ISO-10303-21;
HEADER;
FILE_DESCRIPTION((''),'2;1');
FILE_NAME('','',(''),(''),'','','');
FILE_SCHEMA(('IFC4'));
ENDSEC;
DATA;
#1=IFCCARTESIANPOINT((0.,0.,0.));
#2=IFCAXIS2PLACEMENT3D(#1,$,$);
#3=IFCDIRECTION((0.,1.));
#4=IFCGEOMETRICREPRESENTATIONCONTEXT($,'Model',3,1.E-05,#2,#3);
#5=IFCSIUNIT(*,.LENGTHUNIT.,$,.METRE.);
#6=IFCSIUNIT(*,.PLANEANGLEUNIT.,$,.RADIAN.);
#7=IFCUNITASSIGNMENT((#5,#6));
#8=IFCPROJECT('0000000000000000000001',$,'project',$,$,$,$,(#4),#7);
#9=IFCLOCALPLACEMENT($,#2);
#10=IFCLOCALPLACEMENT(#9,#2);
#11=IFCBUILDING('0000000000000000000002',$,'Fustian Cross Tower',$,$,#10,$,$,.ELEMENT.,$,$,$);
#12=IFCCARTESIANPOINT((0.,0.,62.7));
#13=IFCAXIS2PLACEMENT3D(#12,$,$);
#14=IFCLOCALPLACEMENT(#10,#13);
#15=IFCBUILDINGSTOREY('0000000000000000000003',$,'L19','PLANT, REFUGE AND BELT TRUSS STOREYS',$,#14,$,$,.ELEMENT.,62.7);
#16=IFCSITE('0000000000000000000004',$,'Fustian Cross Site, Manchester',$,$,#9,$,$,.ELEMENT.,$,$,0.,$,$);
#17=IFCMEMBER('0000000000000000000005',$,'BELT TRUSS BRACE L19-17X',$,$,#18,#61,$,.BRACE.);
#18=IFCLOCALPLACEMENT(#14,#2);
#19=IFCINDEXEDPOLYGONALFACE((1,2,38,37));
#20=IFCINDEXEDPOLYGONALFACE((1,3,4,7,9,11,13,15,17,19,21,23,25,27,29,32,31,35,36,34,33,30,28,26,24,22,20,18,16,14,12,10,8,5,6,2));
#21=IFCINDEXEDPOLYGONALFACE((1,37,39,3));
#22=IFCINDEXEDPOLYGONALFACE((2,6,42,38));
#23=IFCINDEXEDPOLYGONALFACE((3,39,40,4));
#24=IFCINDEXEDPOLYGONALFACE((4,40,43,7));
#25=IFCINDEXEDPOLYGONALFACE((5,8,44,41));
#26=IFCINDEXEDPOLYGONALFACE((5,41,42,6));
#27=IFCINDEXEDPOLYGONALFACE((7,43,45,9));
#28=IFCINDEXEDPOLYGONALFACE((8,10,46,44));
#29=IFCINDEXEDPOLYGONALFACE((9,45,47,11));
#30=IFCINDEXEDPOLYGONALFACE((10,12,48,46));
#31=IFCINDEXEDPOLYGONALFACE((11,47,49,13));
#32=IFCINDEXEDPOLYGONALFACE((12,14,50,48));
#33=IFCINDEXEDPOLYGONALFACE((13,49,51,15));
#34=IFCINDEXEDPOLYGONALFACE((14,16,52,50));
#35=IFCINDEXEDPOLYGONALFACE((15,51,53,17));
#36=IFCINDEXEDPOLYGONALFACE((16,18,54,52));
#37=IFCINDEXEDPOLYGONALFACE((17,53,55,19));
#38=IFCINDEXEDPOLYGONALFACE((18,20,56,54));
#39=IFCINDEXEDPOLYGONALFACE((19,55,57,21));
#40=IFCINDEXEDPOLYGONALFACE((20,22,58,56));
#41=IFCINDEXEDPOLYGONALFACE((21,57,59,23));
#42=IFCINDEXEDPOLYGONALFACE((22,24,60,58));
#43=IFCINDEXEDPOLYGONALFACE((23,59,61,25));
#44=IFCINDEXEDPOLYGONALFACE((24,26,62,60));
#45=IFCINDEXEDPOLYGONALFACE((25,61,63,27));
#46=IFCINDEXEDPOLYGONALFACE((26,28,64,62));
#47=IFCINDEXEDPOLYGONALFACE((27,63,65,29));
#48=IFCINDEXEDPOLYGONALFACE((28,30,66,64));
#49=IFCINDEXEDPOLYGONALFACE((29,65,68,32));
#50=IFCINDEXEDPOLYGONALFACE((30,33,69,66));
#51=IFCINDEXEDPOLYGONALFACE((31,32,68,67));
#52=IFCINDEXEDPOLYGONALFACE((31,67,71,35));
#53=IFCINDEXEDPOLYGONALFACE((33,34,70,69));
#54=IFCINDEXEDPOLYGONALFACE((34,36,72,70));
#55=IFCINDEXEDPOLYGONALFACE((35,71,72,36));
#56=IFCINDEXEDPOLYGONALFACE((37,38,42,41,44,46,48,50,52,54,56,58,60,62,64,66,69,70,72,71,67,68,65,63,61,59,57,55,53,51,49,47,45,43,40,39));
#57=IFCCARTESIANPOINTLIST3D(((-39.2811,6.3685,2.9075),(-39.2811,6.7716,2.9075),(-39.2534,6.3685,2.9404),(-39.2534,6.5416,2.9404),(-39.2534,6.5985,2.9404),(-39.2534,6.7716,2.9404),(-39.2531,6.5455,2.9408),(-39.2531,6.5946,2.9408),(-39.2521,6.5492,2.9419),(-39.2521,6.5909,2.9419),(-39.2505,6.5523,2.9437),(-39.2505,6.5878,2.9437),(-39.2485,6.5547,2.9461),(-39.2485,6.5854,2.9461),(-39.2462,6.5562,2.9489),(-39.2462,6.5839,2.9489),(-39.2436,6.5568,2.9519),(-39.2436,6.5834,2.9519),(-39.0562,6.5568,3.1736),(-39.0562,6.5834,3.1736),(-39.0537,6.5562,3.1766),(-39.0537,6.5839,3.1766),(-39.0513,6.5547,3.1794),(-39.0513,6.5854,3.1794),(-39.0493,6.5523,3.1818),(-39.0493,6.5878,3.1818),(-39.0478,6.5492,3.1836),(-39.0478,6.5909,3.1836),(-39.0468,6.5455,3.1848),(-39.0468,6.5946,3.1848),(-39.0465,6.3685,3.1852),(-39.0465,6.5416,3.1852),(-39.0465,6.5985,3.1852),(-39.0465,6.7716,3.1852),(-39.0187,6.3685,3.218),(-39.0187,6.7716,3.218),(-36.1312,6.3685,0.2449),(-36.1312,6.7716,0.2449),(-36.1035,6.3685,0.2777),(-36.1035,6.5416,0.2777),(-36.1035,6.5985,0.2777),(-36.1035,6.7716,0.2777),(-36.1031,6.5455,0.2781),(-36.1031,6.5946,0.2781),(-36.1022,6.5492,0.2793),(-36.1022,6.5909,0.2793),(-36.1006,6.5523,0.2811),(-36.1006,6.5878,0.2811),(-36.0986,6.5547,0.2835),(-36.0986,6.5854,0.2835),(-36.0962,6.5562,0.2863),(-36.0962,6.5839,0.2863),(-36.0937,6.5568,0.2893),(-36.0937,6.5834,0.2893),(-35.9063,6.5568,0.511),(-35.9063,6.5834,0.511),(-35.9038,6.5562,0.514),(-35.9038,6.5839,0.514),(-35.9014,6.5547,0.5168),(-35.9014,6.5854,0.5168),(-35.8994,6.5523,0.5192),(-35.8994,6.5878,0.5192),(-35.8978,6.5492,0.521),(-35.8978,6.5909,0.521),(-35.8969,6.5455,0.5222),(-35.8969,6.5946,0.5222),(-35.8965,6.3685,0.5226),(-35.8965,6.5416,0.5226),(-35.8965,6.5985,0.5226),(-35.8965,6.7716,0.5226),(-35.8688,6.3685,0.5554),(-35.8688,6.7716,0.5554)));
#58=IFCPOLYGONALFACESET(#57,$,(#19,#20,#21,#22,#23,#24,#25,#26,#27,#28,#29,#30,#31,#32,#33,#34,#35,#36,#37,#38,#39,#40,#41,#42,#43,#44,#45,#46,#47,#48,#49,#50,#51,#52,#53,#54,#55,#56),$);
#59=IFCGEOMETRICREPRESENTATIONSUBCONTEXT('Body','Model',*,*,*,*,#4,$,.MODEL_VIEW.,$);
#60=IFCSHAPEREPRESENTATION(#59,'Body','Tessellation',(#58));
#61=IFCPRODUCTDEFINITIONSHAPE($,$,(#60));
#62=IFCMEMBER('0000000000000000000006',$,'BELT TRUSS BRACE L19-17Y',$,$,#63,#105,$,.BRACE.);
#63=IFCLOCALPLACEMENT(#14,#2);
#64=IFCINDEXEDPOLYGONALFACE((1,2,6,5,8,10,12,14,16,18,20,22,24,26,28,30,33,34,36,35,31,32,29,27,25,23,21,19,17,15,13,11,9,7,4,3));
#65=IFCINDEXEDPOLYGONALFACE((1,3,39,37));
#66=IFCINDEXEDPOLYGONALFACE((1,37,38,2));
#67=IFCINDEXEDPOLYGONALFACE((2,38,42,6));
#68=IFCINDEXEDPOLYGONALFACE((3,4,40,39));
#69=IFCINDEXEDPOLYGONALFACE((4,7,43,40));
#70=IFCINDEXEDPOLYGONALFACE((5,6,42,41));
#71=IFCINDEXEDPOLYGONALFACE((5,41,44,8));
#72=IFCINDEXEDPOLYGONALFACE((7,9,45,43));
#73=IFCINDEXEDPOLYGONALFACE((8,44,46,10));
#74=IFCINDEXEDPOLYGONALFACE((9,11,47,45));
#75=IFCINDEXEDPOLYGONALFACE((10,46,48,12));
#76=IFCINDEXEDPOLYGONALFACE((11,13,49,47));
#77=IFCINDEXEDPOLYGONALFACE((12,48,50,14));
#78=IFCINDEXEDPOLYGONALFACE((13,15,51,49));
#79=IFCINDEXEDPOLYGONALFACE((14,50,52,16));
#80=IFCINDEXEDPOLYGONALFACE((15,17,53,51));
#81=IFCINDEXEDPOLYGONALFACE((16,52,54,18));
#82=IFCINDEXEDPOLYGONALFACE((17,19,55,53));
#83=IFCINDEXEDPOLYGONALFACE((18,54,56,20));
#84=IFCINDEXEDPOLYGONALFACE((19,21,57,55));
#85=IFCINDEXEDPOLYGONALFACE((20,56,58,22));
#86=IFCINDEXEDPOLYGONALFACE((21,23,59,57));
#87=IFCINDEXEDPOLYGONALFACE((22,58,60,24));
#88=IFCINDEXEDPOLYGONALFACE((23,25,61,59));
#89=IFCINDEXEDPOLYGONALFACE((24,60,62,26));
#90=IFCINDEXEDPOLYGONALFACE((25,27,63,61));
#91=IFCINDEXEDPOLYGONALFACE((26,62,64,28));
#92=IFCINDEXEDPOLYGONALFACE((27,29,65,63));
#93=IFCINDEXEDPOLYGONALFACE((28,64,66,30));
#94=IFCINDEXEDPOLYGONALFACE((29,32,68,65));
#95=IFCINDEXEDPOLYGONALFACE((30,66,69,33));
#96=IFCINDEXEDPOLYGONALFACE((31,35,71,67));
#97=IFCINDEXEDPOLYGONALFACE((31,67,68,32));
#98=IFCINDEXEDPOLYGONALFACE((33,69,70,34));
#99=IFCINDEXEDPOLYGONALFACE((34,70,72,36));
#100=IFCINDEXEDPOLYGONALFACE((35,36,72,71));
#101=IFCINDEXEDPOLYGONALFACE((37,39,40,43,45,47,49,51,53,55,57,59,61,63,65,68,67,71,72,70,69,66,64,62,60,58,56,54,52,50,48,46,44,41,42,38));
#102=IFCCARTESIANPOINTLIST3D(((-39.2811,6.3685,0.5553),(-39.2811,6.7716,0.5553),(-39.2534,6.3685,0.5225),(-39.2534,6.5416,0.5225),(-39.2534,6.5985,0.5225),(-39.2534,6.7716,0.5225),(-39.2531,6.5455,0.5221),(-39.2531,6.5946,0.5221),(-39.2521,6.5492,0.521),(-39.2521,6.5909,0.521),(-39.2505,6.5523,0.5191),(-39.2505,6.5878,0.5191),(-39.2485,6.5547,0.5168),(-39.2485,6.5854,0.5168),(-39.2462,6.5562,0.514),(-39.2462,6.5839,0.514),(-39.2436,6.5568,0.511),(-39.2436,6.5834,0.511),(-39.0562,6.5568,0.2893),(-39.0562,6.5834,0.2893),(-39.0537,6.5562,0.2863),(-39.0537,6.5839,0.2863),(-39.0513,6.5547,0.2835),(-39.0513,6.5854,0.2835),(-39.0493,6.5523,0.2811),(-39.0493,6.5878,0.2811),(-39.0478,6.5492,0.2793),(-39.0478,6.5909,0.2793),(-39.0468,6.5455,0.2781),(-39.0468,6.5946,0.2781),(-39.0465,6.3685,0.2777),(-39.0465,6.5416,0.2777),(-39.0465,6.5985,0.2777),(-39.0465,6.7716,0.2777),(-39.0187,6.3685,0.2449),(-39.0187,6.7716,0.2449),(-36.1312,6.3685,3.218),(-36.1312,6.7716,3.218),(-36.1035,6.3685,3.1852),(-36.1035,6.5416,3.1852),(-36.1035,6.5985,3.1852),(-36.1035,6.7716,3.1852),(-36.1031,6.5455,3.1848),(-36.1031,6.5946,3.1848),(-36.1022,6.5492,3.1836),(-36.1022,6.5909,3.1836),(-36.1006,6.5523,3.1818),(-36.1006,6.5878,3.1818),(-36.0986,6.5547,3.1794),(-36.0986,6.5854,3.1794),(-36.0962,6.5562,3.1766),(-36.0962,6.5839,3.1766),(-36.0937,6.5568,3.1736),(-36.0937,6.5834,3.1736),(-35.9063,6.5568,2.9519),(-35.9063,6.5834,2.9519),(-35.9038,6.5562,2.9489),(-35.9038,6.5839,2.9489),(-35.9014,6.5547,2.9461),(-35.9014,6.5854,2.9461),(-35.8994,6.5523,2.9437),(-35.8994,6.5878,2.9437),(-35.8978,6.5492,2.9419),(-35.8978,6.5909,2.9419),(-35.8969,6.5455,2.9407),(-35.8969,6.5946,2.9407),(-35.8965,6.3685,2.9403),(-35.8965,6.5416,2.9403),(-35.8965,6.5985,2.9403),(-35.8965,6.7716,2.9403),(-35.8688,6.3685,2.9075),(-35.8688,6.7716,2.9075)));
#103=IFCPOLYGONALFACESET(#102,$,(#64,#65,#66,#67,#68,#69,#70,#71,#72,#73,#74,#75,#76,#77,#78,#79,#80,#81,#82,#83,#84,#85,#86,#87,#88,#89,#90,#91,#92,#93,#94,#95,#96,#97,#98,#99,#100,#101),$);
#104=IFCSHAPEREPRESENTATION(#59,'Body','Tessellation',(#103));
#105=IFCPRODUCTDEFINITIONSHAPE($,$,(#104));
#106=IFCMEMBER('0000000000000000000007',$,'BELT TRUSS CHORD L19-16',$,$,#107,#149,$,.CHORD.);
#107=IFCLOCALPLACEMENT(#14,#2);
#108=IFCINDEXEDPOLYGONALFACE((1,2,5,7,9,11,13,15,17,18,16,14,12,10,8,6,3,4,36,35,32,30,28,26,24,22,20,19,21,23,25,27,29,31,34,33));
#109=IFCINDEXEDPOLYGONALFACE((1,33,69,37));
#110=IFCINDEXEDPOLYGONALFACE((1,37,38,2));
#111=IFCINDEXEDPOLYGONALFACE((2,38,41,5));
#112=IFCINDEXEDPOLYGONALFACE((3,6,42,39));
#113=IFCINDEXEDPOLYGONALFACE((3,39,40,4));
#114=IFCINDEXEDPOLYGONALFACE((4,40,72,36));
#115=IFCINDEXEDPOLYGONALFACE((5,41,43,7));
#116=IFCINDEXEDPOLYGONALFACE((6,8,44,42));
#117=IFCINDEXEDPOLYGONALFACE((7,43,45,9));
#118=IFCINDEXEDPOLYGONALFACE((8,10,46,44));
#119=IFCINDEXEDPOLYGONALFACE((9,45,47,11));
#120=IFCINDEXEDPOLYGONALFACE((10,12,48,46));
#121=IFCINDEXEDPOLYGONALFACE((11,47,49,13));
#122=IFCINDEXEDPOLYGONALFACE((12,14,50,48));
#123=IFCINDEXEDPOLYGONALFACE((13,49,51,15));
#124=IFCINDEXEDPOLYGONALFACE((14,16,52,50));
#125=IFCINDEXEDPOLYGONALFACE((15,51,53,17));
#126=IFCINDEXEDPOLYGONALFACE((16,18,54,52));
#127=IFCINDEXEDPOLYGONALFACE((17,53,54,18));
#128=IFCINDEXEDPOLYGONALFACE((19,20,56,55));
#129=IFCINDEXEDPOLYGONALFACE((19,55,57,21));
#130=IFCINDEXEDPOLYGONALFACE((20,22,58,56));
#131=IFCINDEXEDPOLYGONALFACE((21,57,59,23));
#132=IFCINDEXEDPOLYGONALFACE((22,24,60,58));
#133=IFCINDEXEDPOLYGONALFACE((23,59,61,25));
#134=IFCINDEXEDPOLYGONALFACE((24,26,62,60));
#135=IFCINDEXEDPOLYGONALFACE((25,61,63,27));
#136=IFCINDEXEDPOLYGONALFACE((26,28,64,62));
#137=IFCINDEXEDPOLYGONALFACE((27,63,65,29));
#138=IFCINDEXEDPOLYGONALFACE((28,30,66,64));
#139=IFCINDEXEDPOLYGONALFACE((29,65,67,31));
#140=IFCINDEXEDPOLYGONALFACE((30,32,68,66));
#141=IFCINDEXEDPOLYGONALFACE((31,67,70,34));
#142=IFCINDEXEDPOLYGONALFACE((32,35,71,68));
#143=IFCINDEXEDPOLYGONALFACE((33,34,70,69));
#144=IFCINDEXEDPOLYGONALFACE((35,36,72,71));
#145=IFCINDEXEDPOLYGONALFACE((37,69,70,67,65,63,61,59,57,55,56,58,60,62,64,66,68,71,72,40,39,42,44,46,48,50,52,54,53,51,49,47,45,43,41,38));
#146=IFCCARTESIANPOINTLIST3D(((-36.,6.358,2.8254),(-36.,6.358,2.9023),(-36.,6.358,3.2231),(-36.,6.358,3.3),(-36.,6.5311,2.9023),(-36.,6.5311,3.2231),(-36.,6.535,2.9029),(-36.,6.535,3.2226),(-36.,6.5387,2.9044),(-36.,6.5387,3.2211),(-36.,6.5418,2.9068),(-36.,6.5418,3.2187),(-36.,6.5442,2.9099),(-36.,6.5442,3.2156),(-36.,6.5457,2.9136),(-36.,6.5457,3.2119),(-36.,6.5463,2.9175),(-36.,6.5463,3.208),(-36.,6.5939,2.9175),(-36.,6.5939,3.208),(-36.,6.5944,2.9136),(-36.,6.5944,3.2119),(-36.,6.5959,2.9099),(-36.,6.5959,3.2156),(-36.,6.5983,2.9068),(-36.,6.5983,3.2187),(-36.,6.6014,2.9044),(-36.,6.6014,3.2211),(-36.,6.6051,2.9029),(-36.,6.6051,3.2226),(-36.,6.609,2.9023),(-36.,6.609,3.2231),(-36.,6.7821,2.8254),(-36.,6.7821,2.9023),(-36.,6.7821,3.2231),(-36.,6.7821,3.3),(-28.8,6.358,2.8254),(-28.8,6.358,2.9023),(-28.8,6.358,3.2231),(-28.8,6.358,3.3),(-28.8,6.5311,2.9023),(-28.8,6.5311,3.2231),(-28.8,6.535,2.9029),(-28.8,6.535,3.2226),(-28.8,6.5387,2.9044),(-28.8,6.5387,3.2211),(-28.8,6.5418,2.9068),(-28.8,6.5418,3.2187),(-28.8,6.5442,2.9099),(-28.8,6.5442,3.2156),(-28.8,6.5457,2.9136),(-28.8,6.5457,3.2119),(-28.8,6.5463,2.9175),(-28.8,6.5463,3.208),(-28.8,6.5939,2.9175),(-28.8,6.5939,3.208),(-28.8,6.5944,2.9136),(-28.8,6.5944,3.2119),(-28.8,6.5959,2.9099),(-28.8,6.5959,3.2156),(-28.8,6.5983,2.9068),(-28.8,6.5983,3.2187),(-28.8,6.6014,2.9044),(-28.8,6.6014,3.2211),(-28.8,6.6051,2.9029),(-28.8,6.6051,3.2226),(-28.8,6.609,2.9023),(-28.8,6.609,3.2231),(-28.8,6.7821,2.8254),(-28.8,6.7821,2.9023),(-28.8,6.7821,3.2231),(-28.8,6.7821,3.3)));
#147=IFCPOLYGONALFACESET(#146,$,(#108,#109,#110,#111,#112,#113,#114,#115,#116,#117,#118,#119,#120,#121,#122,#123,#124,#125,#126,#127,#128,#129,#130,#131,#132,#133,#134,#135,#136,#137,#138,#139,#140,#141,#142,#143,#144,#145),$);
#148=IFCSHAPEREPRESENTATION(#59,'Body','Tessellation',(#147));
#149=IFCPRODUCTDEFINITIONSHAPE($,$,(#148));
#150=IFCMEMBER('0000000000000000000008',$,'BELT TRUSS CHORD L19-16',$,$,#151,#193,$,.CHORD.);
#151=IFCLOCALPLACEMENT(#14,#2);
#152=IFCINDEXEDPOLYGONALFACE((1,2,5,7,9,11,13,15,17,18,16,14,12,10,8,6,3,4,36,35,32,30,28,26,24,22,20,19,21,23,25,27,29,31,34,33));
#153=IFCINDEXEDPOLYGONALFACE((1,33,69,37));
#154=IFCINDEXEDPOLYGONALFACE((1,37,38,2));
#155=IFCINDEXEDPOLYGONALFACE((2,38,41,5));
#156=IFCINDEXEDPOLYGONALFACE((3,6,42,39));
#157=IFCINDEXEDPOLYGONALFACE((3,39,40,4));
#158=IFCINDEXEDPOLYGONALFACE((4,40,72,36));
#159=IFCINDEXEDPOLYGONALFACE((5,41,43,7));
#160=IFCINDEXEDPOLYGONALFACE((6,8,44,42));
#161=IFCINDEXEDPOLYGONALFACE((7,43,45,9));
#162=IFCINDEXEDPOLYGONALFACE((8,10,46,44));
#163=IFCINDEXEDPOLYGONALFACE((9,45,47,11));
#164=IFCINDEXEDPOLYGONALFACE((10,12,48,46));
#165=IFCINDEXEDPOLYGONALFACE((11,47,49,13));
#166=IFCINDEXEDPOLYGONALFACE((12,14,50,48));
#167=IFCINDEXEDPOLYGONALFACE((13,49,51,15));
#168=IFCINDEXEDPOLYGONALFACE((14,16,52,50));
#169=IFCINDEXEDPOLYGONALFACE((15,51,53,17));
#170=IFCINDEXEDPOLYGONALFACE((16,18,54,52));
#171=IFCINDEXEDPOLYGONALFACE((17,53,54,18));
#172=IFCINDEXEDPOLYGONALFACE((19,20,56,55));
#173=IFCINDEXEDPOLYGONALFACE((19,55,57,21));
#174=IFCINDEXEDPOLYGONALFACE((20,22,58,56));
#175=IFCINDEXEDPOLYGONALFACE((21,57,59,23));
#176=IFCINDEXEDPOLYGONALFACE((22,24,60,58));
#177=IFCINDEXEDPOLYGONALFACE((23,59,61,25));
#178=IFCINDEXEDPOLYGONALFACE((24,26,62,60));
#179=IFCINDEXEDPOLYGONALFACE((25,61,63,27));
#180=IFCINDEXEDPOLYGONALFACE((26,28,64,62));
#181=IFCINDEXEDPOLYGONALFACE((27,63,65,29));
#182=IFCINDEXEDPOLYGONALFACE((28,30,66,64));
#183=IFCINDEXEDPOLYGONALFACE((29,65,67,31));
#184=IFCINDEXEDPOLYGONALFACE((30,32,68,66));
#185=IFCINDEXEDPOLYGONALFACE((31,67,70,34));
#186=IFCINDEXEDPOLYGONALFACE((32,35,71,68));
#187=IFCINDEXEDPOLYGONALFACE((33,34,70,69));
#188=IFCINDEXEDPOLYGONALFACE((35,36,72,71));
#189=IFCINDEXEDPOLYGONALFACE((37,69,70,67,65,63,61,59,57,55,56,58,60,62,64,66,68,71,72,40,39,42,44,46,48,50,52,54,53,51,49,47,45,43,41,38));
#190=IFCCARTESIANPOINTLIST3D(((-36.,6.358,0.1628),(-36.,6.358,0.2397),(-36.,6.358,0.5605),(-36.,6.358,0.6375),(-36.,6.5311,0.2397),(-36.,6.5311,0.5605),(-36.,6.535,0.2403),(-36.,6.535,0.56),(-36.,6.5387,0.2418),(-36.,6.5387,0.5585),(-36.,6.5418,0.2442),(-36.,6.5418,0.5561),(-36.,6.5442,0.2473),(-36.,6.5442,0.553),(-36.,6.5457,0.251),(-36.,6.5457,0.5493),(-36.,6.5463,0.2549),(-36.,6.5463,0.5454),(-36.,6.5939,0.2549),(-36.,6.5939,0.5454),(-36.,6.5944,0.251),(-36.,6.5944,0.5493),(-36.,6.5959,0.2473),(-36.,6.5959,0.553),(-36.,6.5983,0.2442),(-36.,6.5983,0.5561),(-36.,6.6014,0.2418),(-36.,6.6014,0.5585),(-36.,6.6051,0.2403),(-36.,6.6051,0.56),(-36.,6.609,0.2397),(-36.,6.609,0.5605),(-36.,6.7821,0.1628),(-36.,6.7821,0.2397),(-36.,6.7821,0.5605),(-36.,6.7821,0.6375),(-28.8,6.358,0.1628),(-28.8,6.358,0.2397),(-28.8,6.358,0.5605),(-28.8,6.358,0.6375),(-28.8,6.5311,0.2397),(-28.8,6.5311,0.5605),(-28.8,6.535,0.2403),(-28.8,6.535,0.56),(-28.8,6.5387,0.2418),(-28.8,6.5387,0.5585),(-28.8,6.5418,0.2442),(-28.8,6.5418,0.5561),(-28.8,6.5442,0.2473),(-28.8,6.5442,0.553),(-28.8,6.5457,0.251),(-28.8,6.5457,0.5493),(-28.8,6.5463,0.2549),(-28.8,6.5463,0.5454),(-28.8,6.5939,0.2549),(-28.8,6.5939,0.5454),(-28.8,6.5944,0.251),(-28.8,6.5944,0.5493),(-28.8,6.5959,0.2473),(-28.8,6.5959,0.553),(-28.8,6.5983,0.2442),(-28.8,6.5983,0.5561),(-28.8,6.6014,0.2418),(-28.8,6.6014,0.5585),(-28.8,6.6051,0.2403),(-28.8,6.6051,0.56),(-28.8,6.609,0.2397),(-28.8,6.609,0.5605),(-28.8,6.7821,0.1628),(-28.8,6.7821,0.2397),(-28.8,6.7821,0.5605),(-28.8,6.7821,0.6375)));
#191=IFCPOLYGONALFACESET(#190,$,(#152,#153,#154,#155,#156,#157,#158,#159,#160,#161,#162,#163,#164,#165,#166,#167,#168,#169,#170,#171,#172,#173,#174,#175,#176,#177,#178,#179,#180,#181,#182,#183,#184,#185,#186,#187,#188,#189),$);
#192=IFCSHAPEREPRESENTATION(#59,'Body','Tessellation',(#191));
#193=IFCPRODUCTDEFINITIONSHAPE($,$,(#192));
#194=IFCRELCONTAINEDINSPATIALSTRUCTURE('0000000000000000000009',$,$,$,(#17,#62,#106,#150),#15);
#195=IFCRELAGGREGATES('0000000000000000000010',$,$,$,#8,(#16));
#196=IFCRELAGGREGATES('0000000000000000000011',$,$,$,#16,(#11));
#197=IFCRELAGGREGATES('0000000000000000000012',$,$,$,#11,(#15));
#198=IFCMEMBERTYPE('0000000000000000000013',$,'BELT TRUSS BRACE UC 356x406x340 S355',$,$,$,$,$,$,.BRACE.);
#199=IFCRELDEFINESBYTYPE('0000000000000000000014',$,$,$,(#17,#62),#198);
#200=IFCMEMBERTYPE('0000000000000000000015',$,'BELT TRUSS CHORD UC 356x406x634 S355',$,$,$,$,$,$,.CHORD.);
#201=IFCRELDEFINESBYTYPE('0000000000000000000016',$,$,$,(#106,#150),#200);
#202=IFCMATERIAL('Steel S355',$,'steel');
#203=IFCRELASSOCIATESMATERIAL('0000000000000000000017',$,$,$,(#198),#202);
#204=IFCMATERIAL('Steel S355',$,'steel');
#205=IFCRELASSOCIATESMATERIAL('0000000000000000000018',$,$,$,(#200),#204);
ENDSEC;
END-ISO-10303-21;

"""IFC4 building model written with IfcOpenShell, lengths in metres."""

from ifc_helpers import new_model, si_unit, direction, frame, origin, origin_2d, place, context, subcontext, project, spatial, i_section, extrude, material, material_profile, profile_set, type_object, element, save


model = new_model("IFC4")

# Units and contexts
model_context = context("Model", 3, precision=1e-05, world=origin(), true_north=direction((0.0, 1.0)))
body_context = subcontext(model_context, "Body", "Model", "MODEL_VIEW")
ifc_project = project(units=[si_unit("LENGTHUNIT", "METRE"), si_unit("PLANEANGLEUNIT", "RADIAN")], contexts=[model_context])

# Site, building, storey
site_placement = place(None, origin())
site = spatial("IfcSite", under=ifc_project, at=site_placement, Name="Fustian Cross Site, Manchester", CompositionType="ELEMENT", RefElevation=0.0)
building_placement = place(site_placement, origin())
building = spatial("IfcBuilding", under=site, at=building_placement, Name="Fustian Cross Tower", CompositionType="ELEMENT")
storey_placement = place(building_placement, frame((0.0, 0.0, 62.7)))
storey = spatial("IfcBuildingStorey", under=building, at=storey_placement, Name="L19", Description="PLANT, REFUGE AND BELT TRUSS STOREYS", CompositionType="ELEMENT", Elevation=62.7)

# Members
ifc_material_1 = material(Name="Steel S355", Category="steel")
ifc_material_profile_1 = material_profile(ifc_material_1, i_section(OverallWidth=0.4031, OverallDepth=0.4065, WebThickness=0.0266, FlangeThickness=0.043, FilletRadius=0.0151, at=origin_2d()), Name="UC 356x406x340")
ifc_profile_set_1 = profile_set([ifc_material_profile_1], Name="Steel S355")
member_type_1 = type_object("IfcMemberType", Name="BELT TRUSS BRACE UC 356x406x340 S355", PredefinedType="BRACE", material=ifc_profile_set_1)
for number, where, z_axis, x_axis, name in (
    (1, (-36.0, 6.5701, 0.4001), (-0.76371, 0.0, 0.64556), (0.0, -1.0, 0.0), "BELT TRUSS BRACE L19-17X"),
    (2, (-36.0, 6.5701, 3.0627), (-0.76371, 0.0, -0.64556), (0.0, -1.0, 0.0), "BELT TRUSS BRACE L19-17Y"),
):
    element("IfcMember", number, at=place(storey_placement, frame(where, z_axis=z_axis, x_axis=x_axis)), inside=storey, type_object=member_type_1, Name=name, PredefinedType="BRACE", context=body_context, shape_type="SweptSolid", body=[
        extrude(i_section(OverallWidth=0.4031, OverallDepth=0.4065, WebThickness=0.0266, FlangeThickness=0.043, FilletRadius=0.0151, at=origin_2d()), origin(), (0.0, 0.0, 1.0), 4.1245),
    ])
ifc_material_2 = material(Name="Steel S355", Category="steel")
ifc_material_profile_2 = material_profile(ifc_material_2, i_section(OverallWidth=0.4241, OverallDepth=0.4746, WebThickness=0.0476, FlangeThickness=0.0769, FilletRadius=0.0151, at=origin_2d()), Name="UC 356x406x634")
ifc_profile_set_2 = profile_set([ifc_material_profile_2], Name="Steel S355")
member_type_2 = type_object("IfcMemberType", Name="BELT TRUSS CHORD UC 356x406x634 S355", PredefinedType="CHORD", material=ifc_profile_set_2)
for number, where, z_axis, x_axis, name in (
    (3, (-28.8, 6.5701, 3.0627), (-1.0, 0.0, 0.0), (0.0, -1.0, 0.0), "BELT TRUSS CHORD L19-16"),
    (4, (-28.8, 6.5701, 0.4001), (-1.0, 0.0, 0.0), (0.0, -1.0, 0.0), "BELT TRUSS CHORD L19-16"),
):
    element("IfcMember", number, at=place(storey_placement, frame(where, z_axis=z_axis, x_axis=x_axis)), inside=storey, type_object=member_type_2, Name=name, PredefinedType="CHORD", context=body_context, shape_type="SweptSolid", body=[
        extrude(i_section(OverallWidth=0.4241, OverallDepth=0.4746, WebThickness=0.0476, FlangeThickness=0.0769, FilletRadius=0.0151, at=origin_2d()), origin(), (0.0, 0.0, 1.0), 7.2),
    ])

save(model, "model.ifc")
